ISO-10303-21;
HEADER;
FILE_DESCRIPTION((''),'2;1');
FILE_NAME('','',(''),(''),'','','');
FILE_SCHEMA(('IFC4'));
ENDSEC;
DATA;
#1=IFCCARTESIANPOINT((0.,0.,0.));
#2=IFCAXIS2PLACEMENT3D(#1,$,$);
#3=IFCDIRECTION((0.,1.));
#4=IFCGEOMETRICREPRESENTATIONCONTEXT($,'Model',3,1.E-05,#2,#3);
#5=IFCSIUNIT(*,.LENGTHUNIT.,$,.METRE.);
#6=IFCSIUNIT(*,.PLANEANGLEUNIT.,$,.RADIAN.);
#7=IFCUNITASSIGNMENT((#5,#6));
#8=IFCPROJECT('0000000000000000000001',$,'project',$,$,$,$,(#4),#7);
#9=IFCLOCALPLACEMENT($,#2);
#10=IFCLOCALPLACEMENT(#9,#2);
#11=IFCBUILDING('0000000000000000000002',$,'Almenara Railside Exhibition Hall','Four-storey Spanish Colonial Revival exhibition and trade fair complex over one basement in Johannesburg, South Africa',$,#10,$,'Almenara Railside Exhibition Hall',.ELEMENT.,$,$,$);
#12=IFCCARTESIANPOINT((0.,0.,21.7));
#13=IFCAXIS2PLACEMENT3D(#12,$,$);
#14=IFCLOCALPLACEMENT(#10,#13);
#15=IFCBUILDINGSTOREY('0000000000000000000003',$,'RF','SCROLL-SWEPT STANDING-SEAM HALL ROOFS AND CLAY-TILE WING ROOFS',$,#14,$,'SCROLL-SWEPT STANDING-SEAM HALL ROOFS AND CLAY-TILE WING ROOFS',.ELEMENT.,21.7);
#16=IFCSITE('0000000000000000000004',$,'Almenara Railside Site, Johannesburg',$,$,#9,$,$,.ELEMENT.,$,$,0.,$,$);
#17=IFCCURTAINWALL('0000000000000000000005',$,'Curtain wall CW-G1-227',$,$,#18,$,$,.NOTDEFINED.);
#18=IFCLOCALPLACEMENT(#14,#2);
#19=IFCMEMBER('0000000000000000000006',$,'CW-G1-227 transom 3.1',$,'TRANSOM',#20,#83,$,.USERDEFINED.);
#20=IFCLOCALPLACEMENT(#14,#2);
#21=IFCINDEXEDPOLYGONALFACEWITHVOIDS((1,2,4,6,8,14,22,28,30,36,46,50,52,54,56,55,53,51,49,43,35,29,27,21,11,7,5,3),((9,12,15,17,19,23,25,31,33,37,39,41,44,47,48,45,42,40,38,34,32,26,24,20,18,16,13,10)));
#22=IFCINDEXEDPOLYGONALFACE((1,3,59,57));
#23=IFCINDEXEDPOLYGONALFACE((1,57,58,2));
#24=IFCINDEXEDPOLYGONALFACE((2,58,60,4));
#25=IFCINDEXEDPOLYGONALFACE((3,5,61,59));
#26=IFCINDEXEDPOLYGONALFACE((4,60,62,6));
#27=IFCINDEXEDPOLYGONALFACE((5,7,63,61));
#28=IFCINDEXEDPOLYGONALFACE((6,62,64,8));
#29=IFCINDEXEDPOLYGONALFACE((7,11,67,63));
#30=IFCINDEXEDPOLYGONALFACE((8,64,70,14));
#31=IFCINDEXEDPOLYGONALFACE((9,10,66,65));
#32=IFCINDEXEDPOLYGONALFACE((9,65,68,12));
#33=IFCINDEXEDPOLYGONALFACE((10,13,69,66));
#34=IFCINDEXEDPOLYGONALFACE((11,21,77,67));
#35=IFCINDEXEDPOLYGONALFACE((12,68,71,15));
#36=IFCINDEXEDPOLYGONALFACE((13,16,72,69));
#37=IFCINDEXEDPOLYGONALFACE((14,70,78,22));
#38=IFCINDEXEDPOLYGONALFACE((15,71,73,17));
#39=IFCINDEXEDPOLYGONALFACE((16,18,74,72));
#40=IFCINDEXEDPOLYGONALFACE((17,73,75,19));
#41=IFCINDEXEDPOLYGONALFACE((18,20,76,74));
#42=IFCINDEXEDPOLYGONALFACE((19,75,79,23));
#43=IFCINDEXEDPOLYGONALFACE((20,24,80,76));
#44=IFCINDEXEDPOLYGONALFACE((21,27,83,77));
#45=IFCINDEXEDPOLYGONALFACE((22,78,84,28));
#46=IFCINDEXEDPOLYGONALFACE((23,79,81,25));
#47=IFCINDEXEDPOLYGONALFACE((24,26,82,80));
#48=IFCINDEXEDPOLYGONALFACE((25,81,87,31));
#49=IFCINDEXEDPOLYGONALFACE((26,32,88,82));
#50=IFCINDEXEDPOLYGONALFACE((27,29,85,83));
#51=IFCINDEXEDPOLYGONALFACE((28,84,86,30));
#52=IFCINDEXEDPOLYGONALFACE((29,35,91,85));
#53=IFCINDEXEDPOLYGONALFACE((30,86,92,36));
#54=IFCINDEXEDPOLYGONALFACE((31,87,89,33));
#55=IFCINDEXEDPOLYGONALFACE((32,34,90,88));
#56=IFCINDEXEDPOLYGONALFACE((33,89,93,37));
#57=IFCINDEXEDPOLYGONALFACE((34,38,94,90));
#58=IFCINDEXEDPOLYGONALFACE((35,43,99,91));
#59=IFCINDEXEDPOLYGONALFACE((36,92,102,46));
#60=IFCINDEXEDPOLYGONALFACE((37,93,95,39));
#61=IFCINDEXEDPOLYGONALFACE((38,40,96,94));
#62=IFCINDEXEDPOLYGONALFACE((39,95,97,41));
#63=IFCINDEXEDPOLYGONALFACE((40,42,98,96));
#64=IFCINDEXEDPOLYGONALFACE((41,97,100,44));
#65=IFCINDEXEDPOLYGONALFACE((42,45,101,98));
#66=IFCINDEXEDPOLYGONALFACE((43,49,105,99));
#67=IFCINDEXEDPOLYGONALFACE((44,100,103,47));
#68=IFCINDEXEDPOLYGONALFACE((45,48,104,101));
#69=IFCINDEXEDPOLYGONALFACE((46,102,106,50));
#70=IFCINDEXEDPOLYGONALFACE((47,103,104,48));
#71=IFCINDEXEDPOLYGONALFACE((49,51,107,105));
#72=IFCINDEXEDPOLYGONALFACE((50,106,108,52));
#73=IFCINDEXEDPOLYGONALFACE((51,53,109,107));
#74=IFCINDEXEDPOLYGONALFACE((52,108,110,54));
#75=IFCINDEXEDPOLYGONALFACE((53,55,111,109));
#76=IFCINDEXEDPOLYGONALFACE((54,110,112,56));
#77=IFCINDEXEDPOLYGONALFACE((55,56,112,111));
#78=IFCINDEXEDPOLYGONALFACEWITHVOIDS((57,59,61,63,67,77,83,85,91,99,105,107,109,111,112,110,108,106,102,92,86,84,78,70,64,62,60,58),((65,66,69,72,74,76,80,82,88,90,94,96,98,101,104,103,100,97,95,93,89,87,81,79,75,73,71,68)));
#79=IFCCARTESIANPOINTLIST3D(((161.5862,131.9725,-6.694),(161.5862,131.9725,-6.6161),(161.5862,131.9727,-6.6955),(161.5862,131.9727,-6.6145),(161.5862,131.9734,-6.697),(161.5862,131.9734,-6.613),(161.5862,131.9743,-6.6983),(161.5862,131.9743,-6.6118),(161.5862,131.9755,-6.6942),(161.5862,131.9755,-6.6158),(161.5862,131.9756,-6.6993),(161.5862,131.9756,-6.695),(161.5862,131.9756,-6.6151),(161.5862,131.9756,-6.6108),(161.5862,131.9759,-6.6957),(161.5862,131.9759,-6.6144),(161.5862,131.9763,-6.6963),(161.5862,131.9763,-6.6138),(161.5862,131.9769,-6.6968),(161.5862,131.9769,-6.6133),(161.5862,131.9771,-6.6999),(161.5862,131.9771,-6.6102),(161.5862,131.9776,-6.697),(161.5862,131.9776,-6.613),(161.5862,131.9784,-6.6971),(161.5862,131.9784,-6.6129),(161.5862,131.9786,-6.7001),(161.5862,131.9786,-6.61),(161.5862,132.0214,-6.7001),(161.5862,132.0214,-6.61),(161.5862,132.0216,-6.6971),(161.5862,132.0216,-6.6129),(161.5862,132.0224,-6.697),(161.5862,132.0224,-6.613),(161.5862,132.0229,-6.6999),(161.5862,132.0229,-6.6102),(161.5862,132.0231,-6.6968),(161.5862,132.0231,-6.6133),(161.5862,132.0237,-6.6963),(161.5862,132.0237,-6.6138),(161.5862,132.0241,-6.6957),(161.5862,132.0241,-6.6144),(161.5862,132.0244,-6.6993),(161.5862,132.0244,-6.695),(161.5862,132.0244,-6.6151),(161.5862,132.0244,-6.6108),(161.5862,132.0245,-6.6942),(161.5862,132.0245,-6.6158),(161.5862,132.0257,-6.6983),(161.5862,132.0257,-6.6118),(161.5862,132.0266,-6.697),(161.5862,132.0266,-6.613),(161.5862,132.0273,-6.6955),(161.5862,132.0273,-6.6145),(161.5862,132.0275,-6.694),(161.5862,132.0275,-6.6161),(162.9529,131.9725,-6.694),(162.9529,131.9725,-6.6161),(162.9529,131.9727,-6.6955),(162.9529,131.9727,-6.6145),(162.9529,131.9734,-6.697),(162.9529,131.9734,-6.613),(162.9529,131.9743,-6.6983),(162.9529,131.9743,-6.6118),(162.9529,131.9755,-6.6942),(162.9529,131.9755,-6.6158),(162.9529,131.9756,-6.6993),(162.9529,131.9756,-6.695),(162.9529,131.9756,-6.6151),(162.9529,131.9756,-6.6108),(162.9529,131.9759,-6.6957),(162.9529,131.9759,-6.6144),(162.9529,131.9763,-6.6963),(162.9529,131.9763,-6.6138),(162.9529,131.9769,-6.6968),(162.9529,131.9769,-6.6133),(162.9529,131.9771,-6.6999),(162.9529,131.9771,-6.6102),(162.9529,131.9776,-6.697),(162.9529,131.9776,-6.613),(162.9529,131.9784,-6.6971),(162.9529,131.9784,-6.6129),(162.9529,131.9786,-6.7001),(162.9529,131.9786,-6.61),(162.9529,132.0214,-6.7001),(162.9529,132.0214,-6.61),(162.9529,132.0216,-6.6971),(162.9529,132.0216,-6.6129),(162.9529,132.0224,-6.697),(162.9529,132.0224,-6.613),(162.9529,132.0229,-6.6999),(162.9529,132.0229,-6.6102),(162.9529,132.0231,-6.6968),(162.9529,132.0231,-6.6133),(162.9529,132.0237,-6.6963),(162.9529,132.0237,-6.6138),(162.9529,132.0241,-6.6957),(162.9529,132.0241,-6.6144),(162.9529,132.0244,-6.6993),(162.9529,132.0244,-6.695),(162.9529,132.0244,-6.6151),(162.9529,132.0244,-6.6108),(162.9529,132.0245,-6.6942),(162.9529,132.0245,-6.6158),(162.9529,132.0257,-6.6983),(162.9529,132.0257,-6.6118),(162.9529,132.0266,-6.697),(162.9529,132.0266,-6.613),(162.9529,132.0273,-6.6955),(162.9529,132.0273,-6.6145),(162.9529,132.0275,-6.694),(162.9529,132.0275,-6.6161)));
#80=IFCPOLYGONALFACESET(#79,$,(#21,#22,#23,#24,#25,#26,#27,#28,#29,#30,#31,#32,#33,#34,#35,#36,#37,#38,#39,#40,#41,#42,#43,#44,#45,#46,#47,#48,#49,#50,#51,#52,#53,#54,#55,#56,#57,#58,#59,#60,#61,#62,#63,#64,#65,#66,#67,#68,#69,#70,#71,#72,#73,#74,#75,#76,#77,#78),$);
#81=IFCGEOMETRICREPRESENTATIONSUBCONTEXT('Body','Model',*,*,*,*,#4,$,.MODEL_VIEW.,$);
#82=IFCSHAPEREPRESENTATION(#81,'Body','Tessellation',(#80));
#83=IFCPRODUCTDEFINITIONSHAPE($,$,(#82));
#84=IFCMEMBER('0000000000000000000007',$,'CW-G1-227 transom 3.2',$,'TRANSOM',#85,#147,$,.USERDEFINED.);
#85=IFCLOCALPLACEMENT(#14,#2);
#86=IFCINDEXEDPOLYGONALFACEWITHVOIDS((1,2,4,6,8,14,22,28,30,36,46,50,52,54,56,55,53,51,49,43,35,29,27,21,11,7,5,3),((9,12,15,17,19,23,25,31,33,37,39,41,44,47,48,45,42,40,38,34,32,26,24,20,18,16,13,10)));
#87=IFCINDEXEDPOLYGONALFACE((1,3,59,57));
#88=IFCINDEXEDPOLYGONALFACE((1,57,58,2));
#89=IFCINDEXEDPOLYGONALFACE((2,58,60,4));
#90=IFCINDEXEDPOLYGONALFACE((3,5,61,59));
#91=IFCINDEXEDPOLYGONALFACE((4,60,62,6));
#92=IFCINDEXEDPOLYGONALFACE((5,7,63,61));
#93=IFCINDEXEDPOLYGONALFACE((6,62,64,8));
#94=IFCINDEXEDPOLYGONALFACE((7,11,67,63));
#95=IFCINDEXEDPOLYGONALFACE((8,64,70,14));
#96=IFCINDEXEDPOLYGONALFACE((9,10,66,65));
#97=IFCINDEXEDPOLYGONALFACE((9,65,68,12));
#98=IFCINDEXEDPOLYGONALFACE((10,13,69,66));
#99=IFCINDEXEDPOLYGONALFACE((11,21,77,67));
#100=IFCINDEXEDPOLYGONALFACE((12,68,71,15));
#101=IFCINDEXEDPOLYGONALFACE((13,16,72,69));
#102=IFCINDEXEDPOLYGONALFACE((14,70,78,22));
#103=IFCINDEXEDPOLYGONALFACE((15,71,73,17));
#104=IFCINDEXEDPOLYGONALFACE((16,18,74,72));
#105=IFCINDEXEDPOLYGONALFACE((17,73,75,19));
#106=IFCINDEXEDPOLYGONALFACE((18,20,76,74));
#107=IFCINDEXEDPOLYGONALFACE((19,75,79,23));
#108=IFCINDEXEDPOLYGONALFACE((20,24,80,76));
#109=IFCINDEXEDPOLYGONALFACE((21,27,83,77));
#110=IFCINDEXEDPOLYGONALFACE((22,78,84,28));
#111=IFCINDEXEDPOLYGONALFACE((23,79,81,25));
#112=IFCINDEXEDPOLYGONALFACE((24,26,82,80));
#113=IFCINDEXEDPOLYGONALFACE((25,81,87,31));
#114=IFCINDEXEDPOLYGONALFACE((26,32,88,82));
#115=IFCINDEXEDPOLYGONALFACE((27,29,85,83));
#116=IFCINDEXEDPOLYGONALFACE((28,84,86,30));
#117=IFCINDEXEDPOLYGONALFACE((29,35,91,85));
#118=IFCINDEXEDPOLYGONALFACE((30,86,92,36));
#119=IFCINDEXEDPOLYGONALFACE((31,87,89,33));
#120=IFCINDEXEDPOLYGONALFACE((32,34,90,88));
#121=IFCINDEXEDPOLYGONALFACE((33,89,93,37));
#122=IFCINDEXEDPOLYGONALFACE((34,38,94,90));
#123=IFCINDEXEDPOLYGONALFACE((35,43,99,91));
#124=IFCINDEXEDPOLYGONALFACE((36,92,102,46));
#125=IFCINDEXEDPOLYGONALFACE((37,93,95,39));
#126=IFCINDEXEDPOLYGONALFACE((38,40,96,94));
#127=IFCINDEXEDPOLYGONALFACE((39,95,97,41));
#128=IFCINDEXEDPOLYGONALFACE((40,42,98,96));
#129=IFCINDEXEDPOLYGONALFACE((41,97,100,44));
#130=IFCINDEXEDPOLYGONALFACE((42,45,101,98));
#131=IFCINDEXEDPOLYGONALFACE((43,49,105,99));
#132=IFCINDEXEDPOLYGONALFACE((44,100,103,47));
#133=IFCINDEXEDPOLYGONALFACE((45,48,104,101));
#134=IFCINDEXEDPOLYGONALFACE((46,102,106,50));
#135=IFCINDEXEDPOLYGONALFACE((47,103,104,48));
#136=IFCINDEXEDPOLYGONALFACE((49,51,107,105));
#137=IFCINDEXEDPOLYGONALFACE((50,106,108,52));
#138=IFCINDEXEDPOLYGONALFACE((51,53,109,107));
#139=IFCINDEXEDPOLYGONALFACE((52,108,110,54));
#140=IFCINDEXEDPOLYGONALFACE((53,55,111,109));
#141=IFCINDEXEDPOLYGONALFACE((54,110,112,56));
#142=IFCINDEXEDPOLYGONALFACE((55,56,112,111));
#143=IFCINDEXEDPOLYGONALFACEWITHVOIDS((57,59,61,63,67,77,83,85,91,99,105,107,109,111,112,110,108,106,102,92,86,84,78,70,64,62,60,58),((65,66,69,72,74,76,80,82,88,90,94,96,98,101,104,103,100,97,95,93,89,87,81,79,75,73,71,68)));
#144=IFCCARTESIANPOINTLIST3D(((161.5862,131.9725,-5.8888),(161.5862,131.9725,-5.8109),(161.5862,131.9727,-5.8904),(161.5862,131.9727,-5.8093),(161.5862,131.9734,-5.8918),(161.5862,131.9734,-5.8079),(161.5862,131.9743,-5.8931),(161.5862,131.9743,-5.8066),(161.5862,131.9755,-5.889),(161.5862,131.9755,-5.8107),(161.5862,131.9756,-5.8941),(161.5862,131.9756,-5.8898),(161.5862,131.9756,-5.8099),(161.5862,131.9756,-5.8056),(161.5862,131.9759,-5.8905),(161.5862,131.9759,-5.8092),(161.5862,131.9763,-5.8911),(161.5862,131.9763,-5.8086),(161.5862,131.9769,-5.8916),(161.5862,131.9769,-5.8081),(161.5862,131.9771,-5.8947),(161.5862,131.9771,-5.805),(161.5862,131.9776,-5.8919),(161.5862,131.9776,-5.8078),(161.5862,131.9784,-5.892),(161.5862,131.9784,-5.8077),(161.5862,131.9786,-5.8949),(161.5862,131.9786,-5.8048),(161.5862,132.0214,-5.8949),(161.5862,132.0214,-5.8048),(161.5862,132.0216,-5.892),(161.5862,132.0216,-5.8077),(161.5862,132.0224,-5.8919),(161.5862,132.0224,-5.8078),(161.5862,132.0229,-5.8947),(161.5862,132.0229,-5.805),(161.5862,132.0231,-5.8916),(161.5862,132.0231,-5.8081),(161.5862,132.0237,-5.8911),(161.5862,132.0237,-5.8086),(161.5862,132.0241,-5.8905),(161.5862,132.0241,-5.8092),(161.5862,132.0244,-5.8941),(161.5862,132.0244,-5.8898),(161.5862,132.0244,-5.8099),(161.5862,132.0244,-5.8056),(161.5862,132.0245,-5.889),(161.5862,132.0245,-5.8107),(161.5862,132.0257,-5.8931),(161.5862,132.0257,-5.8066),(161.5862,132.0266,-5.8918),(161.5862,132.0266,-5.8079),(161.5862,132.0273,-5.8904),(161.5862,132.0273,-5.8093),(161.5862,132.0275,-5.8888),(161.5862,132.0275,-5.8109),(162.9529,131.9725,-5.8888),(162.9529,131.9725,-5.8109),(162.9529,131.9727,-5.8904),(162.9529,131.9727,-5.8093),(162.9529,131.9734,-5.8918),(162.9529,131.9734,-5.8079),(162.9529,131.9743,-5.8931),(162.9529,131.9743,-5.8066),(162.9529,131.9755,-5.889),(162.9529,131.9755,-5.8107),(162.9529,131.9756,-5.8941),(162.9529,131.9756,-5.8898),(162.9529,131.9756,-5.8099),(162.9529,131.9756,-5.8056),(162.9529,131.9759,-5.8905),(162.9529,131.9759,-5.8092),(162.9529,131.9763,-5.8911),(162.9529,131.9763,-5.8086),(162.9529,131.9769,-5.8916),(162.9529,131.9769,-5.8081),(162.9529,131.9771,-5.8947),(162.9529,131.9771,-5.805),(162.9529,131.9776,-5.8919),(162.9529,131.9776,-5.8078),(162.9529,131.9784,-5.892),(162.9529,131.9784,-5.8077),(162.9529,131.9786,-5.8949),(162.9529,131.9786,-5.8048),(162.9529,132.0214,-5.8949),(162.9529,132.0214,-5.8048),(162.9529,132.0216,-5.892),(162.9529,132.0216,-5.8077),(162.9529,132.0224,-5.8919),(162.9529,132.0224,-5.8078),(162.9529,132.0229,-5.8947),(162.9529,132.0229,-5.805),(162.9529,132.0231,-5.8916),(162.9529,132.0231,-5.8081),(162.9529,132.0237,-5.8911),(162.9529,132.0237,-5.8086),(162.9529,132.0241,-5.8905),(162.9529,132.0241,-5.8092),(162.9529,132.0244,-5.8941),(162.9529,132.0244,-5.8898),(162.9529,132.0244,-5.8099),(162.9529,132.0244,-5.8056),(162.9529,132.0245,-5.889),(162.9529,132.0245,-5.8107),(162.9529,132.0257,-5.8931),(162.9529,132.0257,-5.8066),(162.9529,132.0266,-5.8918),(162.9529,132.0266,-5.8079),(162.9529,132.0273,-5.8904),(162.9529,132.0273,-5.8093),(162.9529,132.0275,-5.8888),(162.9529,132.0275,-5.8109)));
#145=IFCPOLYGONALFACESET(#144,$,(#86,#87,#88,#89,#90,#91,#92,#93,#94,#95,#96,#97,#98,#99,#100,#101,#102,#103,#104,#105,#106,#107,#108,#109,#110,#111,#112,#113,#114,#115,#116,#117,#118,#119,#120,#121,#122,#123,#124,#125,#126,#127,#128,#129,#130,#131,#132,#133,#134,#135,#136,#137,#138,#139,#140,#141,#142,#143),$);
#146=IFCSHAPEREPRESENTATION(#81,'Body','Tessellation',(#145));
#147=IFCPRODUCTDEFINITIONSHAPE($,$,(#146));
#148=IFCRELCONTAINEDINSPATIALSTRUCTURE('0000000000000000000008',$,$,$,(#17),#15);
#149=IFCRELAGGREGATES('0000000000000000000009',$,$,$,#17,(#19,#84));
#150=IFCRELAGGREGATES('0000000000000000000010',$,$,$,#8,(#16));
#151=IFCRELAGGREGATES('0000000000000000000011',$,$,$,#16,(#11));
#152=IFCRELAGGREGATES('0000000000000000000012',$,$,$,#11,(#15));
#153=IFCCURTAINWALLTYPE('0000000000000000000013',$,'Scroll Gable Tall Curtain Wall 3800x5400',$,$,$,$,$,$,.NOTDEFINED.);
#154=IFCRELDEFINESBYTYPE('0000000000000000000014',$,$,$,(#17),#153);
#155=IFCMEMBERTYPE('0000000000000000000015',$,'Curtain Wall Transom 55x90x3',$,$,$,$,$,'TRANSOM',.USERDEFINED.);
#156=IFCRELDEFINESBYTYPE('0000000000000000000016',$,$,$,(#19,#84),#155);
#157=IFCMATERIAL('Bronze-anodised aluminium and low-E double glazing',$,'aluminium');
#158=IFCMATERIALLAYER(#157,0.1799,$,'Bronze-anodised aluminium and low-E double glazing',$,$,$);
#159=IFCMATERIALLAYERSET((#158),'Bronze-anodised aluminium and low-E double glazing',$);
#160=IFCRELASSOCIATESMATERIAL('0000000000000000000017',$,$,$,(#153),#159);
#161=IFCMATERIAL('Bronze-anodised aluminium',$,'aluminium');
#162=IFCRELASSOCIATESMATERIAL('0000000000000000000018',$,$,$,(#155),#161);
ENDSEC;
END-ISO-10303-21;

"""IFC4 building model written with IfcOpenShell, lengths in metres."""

from ifc_helpers import new_model, si_unit, direction, frame, origin, origin_2d, place, context, subcontext, project, spatial, hollow_rectangle, extrude, material, layer, layer_set, material_profile, profile_set, type_object, element, aggregate, save


model = new_model("IFC4")

# Units and contexts
model_context = context("Model", 3, precision=1e-05, world=origin(), true_north=direction((0.0, 1.0)))
body_context = subcontext(model_context, "Body", "Model", "MODEL_VIEW")
ifc_project = project(units=[si_unit("LENGTHUNIT", "METRE"), si_unit("PLANEANGLEUNIT", "RADIAN")], contexts=[model_context])

# Site, building, storey
site_placement = place(None, origin())
site = spatial("IfcSite", under=ifc_project, at=site_placement, Name="Almenara Railside Site, Johannesburg", CompositionType="ELEMENT", RefElevation=0.0)
building_placement = place(site_placement, origin())
building = spatial("IfcBuilding", under=site, at=building_placement, Name="Almenara Railside Exhibition Hall", Description="Four-storey Spanish Colonial Revival exhibition and trade fair complex over one basement in Johannesburg, South Africa", LongName="Almenara Railside Exhibition Hall", CompositionType="ELEMENT")
storey_placement = place(building_placement, frame((0.0, 0.0, 21.7)))
storey = spatial("IfcBuildingStorey", under=building, at=storey_placement, Name="RF", Description="SCROLL-SWEPT STANDING-SEAM HALL ROOFS AND CLAY-TILE WING ROOFS", LongName="SCROLL-SWEPT STANDING-SEAM HALL ROOFS AND CLAY-TILE WING ROOFS", CompositionType="ELEMENT", Elevation=21.7)

# Curtain wall
ifc_material_1 = material(Name="Bronze-anodised aluminium and low-E double glazing", Category="aluminium")
ifc_layer_1 = layer(ifc_material_1, 0.1799, Name="Bronze-anodised aluminium and low-E double glazing")
ifc_layer_set_1 = layer_set([ifc_layer_1], Name="Bronze-anodised aluminium and low-E double glazing")
curtain_wall_type = type_object("IfcCurtainWallType", Name="Scroll Gable Tall Curtain Wall 3800x5400", PredefinedType="NOTDEFINED", material=ifc_layer_set_1)
curtain_wall_1_placement = place(storey_placement, origin())
curtain_wall_1 = element("IfcCurtainWall", 1, at=curtain_wall_1_placement, inside=storey, type_object=curtain_wall_type, Name="Curtain wall CW-G1-227", PredefinedType="NOTDEFINED")
ifc_material_2 = material(Name="Bronze-anodised aluminium", Category="aluminium")

# Members
ifc_material_profile_1 = material_profile(ifc_material_2, hollow_rectangle(XDim=0.0549, YDim=0.0901, WallThickness=0.0029, InnerFilletRadius=0.0029, OuterFilletRadius=0.0061, at=origin_2d()), Name="ALU-TRN 55x90x3")
ifc_profile_set_1 = profile_set([ifc_material_profile_1], Name="Bronze-anodised aluminium")
member_type_1 = type_object("IfcMemberType", Name="Curtain Wall Transom 55x90x3", ElementType="TRANSOM", PredefinedType="USERDEFINED", material=ifc_profile_set_1)
member_1_placement = place(storey_placement, frame((161.5862, 132.0, -6.655), z_axis=(1.0, 0.0, 0.0), x_axis=(0.0, 1.0, 0.0)))
member_1 = element("IfcMember", 2, at=member_1_placement, type_object=member_type_1, Name="CW-G1-227 transom 3.1", ObjectType="TRANSOM", PredefinedType="USERDEFINED", context=body_context, shape_type="SweptSolid", body=[
    extrude(hollow_rectangle(XDim=0.0549, YDim=0.0901, WallThickness=0.0029, InnerFilletRadius=0.0029, OuterFilletRadius=0.0061, at=origin_2d()), origin(), (0.0, 0.0, 1.0), 1.3667),
])
member_2_placement = place(storey_placement, frame((161.5862, 132.0, -5.8499), z_axis=(1.0, 0.0, 0.0), x_axis=(0.0, 1.0, 0.0)))
member_2 = element("IfcMember", 3, at=member_2_placement, type_object=member_type_1, Name="CW-G1-227 transom 3.2", ObjectType="TRANSOM", PredefinedType="USERDEFINED", context=body_context, shape_type="SweptSolid", body=[
    extrude(hollow_rectangle(XDim=0.0549, YDim=0.0901, WallThickness=0.0029, InnerFilletRadius=0.0029, OuterFilletRadius=0.0061, at=origin_2d()), origin(), (0.0, 0.0, 1.0), 1.3667),
])

aggregate(curtain_wall_1, [member_1, member_2])

save(model, "model.ifc")
